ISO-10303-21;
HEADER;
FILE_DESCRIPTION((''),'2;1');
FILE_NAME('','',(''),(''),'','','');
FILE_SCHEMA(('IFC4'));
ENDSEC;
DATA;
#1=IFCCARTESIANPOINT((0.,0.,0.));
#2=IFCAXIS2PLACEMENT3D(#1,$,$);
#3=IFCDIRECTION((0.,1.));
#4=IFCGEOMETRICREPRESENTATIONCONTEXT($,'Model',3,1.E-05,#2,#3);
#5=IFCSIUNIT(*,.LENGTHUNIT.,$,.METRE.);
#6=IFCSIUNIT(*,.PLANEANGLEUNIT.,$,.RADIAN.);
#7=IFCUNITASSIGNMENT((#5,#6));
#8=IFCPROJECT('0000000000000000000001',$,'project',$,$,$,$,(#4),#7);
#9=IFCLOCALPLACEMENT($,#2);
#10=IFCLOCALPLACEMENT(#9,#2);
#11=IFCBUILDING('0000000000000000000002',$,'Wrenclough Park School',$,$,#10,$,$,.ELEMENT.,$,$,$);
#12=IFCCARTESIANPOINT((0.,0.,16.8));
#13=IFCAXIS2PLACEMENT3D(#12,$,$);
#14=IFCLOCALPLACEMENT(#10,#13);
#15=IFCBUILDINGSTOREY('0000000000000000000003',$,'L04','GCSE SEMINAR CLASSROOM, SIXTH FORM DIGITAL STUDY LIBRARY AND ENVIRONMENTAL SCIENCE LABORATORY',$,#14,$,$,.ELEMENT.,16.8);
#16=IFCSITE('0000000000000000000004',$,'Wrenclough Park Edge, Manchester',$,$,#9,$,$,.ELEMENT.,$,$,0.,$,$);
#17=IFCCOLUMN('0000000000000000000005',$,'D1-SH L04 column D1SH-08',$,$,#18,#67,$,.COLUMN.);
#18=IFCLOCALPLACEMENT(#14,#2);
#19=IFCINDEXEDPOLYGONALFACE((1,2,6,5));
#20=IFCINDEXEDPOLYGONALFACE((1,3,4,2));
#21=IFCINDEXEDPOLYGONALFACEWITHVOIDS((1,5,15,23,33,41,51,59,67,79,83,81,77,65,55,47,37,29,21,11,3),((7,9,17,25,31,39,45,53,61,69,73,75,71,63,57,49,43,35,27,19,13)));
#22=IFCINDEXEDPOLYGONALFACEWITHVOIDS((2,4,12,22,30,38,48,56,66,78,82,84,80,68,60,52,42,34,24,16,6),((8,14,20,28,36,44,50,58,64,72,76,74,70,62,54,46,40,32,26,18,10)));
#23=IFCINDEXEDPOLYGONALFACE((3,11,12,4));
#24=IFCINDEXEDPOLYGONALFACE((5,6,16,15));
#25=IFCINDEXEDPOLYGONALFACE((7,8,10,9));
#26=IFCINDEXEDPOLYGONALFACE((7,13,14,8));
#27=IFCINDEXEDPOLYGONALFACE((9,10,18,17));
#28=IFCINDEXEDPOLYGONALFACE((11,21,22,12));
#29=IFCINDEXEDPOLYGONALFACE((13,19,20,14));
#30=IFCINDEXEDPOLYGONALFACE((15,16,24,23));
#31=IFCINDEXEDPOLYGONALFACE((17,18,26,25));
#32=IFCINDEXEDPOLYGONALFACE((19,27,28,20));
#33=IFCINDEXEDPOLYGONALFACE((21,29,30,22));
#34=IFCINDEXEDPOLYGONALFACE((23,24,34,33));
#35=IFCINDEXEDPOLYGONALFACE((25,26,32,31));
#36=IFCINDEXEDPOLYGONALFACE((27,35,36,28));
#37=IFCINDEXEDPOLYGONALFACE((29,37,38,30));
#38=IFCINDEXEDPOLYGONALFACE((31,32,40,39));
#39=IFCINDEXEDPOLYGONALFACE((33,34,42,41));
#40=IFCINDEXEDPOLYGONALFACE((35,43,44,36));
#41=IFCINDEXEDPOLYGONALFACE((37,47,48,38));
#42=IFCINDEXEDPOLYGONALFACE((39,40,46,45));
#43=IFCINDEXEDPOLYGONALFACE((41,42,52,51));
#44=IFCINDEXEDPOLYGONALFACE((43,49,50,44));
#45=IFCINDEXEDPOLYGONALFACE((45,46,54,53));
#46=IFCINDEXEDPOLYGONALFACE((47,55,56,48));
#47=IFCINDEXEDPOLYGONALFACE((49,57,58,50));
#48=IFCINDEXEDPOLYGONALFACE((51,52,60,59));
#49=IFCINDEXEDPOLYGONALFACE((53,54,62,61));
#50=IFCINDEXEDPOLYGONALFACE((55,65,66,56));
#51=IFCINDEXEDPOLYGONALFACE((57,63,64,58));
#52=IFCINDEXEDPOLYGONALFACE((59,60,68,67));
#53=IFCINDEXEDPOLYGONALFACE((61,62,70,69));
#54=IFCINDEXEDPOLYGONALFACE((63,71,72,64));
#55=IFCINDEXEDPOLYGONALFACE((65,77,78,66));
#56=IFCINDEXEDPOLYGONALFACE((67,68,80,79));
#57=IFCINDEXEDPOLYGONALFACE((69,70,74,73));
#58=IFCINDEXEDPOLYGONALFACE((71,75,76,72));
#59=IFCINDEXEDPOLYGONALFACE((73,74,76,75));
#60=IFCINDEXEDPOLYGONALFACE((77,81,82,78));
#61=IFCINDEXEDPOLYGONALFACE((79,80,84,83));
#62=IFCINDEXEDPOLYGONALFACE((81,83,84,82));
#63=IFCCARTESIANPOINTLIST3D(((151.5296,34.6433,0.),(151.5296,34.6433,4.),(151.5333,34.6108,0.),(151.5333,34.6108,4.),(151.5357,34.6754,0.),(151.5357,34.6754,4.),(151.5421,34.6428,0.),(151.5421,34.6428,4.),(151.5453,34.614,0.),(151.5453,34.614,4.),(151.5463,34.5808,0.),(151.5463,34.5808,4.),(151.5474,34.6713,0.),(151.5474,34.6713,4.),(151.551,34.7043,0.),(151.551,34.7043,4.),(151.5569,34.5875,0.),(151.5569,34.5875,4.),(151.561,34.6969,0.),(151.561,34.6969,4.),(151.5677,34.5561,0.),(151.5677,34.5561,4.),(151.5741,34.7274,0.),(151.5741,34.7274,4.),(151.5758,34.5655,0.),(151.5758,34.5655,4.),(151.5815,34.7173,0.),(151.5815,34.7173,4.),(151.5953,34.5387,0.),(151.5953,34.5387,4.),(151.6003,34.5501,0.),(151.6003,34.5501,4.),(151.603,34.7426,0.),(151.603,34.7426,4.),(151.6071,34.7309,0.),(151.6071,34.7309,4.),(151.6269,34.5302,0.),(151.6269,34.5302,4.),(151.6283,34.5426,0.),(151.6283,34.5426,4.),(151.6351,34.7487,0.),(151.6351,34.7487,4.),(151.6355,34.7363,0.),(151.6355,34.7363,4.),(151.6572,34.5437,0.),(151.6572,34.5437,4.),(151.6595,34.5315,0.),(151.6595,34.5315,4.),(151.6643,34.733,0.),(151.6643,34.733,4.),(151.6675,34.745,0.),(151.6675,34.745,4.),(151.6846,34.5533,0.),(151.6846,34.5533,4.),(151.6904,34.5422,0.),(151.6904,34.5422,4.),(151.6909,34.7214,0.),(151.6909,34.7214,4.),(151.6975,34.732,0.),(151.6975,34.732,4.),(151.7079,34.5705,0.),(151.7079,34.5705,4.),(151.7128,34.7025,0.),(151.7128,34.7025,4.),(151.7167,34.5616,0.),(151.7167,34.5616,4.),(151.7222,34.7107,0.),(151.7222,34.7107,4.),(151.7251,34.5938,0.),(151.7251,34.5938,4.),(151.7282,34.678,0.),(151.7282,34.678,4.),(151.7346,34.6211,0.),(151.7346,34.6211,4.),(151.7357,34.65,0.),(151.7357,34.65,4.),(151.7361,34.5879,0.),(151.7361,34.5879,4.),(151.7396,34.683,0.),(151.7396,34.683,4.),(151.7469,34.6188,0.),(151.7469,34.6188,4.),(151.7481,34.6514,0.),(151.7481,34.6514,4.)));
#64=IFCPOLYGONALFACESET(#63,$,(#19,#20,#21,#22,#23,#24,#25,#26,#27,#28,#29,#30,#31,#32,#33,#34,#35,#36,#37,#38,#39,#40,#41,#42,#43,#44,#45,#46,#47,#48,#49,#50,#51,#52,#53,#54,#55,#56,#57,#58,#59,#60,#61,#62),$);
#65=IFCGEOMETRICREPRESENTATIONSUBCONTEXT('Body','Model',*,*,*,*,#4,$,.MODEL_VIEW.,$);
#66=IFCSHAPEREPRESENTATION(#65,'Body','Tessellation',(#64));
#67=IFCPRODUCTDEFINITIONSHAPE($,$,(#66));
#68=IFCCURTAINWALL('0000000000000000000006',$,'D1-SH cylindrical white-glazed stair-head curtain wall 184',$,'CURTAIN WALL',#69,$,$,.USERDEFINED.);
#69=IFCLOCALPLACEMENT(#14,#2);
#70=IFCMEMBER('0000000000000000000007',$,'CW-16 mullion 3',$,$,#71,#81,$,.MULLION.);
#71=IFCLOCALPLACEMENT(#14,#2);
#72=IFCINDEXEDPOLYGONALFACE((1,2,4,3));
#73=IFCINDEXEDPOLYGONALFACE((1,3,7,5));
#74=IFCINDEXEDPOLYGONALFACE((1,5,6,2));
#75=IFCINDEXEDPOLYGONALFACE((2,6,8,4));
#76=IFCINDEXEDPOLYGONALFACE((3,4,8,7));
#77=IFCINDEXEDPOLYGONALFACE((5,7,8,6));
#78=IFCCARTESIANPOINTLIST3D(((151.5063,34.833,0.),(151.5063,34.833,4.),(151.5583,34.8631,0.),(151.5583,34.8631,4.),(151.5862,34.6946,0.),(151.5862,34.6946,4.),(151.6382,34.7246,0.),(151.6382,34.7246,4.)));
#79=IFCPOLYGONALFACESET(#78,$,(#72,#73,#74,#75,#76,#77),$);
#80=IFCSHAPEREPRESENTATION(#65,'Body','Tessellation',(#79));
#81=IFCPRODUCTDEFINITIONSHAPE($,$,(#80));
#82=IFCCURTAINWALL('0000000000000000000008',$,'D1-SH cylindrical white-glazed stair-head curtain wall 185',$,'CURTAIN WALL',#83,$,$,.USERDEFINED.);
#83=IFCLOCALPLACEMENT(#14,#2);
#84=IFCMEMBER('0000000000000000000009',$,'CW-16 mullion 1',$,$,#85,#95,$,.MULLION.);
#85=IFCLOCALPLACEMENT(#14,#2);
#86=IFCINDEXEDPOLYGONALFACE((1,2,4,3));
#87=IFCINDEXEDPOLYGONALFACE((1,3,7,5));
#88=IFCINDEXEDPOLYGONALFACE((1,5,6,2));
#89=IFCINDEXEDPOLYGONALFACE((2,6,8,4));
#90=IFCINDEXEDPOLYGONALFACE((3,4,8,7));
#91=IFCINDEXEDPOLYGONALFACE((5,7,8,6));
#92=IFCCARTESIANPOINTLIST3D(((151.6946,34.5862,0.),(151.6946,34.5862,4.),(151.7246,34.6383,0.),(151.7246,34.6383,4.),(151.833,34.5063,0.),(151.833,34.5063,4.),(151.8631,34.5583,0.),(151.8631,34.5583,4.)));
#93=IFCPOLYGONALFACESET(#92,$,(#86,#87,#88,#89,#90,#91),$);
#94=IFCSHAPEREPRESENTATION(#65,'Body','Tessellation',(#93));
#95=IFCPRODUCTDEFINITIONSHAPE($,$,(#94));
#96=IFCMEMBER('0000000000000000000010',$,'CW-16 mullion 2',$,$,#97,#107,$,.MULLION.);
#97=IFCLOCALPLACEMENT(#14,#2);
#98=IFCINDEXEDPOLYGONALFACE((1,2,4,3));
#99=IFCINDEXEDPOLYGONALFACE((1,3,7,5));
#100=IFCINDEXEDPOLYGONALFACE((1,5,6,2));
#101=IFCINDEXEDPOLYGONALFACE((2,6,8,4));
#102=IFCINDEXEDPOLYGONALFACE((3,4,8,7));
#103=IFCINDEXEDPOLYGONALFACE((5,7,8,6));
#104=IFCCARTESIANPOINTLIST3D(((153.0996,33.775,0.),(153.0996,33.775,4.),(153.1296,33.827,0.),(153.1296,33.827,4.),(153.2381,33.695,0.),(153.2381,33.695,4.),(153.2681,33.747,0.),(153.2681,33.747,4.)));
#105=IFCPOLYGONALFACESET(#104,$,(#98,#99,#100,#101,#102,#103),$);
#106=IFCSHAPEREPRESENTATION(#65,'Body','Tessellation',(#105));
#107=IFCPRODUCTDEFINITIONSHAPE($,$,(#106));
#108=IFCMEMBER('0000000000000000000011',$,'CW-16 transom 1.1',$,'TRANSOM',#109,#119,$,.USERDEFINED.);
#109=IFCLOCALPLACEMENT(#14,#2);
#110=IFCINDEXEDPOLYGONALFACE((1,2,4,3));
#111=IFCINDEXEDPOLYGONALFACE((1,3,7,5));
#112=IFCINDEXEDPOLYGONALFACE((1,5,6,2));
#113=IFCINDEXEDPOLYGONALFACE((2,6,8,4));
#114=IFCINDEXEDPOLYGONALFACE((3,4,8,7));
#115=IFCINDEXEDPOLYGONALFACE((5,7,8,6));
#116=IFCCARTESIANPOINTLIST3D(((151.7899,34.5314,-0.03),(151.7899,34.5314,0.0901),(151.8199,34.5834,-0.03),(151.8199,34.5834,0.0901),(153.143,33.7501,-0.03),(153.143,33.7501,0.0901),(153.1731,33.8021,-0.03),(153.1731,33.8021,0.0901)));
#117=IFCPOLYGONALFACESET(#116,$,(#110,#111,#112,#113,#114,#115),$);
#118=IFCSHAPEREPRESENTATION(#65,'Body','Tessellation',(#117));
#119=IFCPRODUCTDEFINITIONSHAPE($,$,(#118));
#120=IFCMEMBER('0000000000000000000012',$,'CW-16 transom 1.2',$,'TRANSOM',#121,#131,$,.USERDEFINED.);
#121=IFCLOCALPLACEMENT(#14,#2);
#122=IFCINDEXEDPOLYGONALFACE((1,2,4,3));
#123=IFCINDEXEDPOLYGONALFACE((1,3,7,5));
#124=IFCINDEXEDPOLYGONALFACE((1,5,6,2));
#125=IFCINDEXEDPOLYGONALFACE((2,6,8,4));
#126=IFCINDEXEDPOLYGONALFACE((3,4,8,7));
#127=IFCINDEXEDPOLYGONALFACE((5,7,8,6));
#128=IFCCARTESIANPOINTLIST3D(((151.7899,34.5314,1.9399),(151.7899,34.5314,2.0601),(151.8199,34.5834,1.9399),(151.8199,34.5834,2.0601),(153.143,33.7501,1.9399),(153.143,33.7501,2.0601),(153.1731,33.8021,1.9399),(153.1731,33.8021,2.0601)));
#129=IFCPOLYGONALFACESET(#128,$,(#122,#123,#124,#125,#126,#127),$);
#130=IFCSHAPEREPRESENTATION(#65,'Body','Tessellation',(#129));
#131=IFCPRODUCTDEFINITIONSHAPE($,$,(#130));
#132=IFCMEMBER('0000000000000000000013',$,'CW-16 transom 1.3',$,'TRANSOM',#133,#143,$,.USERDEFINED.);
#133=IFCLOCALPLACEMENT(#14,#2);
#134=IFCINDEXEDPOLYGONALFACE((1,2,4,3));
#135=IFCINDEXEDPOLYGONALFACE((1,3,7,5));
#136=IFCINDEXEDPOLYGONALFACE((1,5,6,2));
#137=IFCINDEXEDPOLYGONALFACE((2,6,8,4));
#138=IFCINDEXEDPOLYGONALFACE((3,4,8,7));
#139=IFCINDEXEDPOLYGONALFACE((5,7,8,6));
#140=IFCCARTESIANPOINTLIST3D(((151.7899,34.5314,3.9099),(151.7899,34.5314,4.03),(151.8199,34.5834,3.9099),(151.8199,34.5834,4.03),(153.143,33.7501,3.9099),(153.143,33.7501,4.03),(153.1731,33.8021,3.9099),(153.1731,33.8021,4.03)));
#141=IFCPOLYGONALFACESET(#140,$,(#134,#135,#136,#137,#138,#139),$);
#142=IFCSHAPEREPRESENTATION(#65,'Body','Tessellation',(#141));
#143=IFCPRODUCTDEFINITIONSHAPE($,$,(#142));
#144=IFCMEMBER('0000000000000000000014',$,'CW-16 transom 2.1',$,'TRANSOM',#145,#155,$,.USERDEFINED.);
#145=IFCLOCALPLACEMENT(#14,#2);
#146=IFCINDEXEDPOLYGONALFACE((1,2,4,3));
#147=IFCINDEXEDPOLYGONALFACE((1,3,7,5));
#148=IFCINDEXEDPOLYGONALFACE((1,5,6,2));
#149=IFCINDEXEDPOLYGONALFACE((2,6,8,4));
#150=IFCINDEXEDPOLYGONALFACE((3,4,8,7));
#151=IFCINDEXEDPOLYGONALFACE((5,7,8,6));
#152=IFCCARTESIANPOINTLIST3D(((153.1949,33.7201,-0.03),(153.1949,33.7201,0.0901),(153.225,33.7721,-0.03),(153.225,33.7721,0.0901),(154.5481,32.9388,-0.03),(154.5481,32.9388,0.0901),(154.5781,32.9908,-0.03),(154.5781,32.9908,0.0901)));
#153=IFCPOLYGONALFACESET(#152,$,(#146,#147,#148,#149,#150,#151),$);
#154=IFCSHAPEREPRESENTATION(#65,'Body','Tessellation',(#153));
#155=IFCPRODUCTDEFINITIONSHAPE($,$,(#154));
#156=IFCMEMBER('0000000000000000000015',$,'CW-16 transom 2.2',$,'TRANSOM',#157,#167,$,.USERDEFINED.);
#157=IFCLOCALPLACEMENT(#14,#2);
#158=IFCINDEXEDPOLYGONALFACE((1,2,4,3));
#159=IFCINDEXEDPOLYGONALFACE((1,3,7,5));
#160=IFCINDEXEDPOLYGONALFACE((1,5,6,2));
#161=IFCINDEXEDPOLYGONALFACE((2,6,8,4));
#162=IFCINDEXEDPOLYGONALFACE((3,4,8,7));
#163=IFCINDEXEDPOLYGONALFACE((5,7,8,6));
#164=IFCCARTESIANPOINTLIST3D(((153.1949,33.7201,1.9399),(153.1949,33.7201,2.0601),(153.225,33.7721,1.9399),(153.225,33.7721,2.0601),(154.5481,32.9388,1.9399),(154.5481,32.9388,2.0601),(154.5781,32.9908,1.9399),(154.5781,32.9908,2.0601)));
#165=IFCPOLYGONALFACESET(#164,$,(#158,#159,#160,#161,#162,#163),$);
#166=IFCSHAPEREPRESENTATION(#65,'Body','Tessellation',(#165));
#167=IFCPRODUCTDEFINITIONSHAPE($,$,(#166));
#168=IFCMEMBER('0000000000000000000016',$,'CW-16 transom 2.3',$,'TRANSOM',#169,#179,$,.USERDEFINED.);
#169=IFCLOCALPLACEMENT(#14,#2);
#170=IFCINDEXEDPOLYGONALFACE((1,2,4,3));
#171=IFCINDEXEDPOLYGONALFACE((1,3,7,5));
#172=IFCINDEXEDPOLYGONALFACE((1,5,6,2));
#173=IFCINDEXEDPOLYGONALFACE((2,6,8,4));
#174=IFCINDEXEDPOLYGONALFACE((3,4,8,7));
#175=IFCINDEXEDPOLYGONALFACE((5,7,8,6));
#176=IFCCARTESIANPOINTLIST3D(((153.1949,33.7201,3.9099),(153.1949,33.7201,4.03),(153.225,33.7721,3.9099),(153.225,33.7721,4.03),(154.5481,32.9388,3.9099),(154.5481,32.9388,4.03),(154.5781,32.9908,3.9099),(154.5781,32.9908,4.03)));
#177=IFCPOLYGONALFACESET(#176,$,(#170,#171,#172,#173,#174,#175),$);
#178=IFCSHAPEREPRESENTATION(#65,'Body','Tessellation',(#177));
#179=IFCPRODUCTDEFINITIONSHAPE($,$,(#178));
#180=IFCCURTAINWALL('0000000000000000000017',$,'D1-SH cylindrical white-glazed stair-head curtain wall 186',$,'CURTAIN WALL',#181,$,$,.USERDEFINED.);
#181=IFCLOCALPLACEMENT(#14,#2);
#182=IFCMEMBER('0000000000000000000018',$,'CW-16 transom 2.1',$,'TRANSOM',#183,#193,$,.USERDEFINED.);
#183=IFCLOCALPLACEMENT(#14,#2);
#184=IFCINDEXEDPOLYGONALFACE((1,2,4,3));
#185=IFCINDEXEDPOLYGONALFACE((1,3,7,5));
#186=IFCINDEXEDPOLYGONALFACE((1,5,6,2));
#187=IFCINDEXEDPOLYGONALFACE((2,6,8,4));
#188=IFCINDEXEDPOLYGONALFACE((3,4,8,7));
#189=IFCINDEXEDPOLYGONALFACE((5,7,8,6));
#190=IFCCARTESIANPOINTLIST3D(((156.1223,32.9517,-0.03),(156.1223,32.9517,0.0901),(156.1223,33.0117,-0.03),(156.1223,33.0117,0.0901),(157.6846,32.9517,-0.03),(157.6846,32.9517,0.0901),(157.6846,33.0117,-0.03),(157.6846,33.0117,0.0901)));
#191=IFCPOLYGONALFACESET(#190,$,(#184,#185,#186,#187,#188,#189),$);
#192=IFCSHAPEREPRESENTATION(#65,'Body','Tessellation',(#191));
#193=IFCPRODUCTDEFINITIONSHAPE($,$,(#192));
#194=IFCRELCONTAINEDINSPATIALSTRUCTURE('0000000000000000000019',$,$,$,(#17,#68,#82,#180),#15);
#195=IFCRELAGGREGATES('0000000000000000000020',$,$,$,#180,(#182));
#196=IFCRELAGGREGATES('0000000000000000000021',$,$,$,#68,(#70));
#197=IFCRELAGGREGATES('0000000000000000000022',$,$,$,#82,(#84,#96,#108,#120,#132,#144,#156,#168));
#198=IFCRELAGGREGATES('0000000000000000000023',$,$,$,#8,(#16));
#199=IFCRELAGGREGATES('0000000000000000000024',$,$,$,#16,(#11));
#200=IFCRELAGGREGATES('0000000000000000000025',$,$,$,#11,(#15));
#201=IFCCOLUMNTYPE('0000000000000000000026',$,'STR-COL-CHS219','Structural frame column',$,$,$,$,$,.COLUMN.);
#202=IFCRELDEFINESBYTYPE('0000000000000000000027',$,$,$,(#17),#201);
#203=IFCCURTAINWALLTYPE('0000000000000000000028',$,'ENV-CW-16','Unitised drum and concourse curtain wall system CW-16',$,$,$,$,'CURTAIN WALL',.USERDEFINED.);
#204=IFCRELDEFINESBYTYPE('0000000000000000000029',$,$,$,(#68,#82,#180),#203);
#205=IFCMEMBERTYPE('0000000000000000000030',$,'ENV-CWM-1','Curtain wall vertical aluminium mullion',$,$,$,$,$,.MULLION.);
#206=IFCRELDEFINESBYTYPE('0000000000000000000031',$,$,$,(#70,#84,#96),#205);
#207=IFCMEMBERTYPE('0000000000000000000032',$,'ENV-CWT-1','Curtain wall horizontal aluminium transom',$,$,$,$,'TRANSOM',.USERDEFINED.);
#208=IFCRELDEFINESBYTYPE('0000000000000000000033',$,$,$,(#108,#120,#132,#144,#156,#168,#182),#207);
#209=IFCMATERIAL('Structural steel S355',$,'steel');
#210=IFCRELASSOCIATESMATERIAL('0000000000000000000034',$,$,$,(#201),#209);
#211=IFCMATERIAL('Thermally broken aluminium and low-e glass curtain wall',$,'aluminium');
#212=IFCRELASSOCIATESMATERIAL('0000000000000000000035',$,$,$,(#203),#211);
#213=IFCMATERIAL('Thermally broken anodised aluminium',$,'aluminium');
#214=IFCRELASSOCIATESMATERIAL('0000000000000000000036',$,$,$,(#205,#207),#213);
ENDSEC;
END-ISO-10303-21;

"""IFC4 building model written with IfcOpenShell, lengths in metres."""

from ifc_helpers import new_model, si_unit, direction, frame, origin, origin_2d, place, context, subcontext, project, spatial, rectangle, hollow_circle, extrude, material, material_profile, profile_set, type_object, element, aggregate, save


model = new_model("IFC4")

# Units and contexts
model_context = context("Model", 3, precision=1e-05, world=origin(), true_north=direction((0.0, 1.0)))
body_context = subcontext(model_context, "Body", "Model", "MODEL_VIEW")
ifc_project = project(units=[si_unit("LENGTHUNIT", "METRE"), si_unit("PLANEANGLEUNIT", "RADIAN")], contexts=[model_context])

# Site, building, storey
site_placement = place(None, origin())
site = spatial("IfcSite", under=ifc_project, at=site_placement, Name="Wrenclough Park Edge, Manchester", CompositionType="ELEMENT", RefElevation=0.0)
building_placement = place(site_placement, origin())
building = spatial("IfcBuilding", under=site, at=building_placement, Name="Wrenclough Park School", CompositionType="ELEMENT")
storey_placement = place(building_placement, frame((0.0, 0.0, 16.8)))
storey = spatial("IfcBuildingStorey", under=building, at=storey_placement, Name="L04", Description="GCSE SEMINAR CLASSROOM, SIXTH FORM DIGITAL STUDY LIBRARY AND ENVIRONMENTAL SCIENCE LABORATORY", CompositionType="ELEMENT", Elevation=16.8)

# Column
ifc_material_1 = material(Name="Structural steel S355", Category="steel")
ifc_material_profile_1 = material_profile(ifc_material_1, hollow_circle(Radius=0.1096, WallThickness=0.0125, at=origin_2d()), Name="CHS 219.1x12.5")
ifc_profile_set_1 = profile_set([ifc_material_profile_1], Name="Structural steel S355")
column_type = type_object("IfcColumnType", Name="STR-COL-CHS219", Description="Structural frame column", PredefinedType="COLUMN", material=ifc_profile_set_1)
column_placement = place(storey_placement, frame((151.6392, 34.6392, 0.0), z_axis=(0.0, 0.0, 1.0), x_axis=(0.707107, -0.707107, 0.0)))
element("IfcColumn", 1, at=column_placement, inside=storey, type_object=column_type, Name="D1-SH L04 column D1SH-08", PredefinedType="COLUMN", context=body_context, shape_type="SweptSolid", body=[
    extrude(hollow_circle(Radius=0.1096, WallThickness=0.0125, at=origin_2d()), origin(), (0.0, 0.0, 1.0), 4.0),
])

# Curtain wall, member
ifc_material_2 = material(Name="Thermally broken aluminium and low-e glass curtain wall", Category="aluminium")
curtain_wall_type = type_object("IfcCurtainWallType", Name="ENV-CW-16", Description="Unitised drum and concourse curtain wall system CW-16", ElementType="CURTAIN WALL", PredefinedType="USERDEFINED", material=ifc_material_2)
curtain_wall_1_placement = place(storey_placement, origin())
curtain_wall_1 = element("IfcCurtainWall", 2, at=curtain_wall_1_placement, inside=storey, type_object=curtain_wall_type, Name="D1-SH cylindrical white-glazed stair-head curtain wall 184", ObjectType="CURTAIN WALL", PredefinedType="USERDEFINED")
ifc_material_3 = material(Name="Thermally broken anodised aluminium", Category="aluminium")
ifc_material_profile_2 = material_profile(ifc_material_3, rectangle(XDim=0.0601, YDim=0.1599, at=origin_2d()), Name="AL MULLION 60x160")
ifc_profile_set_2 = profile_set([ifc_material_profile_2], Name="Thermally broken anodised aluminium")
member_type_1 = type_object("IfcMemberType", Name="ENV-CWM-1", Description="Curtain wall vertical aluminium mullion", PredefinedType="MULLION", material=ifc_profile_set_2)
member_1_placement = place(storey_placement, frame((151.5723, 34.7788, 0.0), z_axis=(0.0, 0.0, 1.0), x_axis=(0.866024, 0.500003, 0.0)))
member_1 = element("IfcMember", 3, at=member_1_placement, type_object=member_type_1, Name="CW-16 mullion 3", PredefinedType="MULLION", context=body_context, shape_type="SweptSolid", body=[
    extrude(rectangle(XDim=0.0601, YDim=0.1599, at=origin_2d()), origin(), (0.0, 0.0, 1.0), 4.0),
])

# Curtain walls, members
curtain_wall_2_placement = place(storey_placement, origin())
curtain_wall_2 = element("IfcCurtainWall", 4, at=curtain_wall_2_placement, inside=storey, type_object=curtain_wall_type, Name="D1-SH cylindrical white-glazed stair-head curtain wall 185", ObjectType="CURTAIN WALL", PredefinedType="USERDEFINED")
member_2_placement = place(storey_placement, frame((151.7788, 34.5723, 0.0), z_axis=(0.0, 0.0, 1.0), x_axis=(0.500015, 0.866017, 0.0)))
member_2 = element("IfcMember", 5, at=member_2_placement, type_object=member_type_1, Name="CW-16 mullion 1", PredefinedType="MULLION", context=body_context, shape_type="SweptSolid", body=[
    extrude(rectangle(XDim=0.0601, YDim=0.1599, at=origin_2d()), origin(), (0.0, 0.0, 1.0), 4.0),
])
member_3_placement = place(storey_placement, frame((153.1838, 33.761, 0.0), z_axis=(0.0, 0.0, 1.0), x_axis=(0.500015, 0.866017, 0.0)))
member_3 = element("IfcMember", 6, at=member_3_placement, type_object=member_type_1, Name="CW-16 mullion 2", PredefinedType="MULLION", context=body_context, shape_type="SweptSolid", body=[
    extrude(rectangle(XDim=0.0601, YDim=0.1599, at=origin_2d()), origin(), (0.0, 0.0, 1.0), 4.0),
])
ifc_material_profile_3 = material_profile(ifc_material_3, rectangle(XDim=0.0601, YDim=0.1201, at=origin_2d()), Name="AL TRANSOM 60x120")
ifc_profile_set_3 = profile_set([ifc_material_profile_3], Name="Thermally broken anodised aluminium")
member_type_2 = type_object("IfcMemberType", Name="ENV-CWT-1", Description="Curtain wall horizontal aluminium transom", ElementType="TRANSOM", PredefinedType="USERDEFINED", material=ifc_profile_set_3)
member_4_placement = place(storey_placement, frame((151.8049, 34.5574, 0.03), z_axis=(0.866003, -0.500038, 0.0), x_axis=(0.500038, 0.866003, 0.0)))
member_4 = element("IfcMember", 7, at=member_4_placement, type_object=member_type_2, Name="CW-16 transom 1.1", ObjectType="TRANSOM", PredefinedType="USERDEFINED", context=body_context, shape_type="SweptSolid", body=[
    extrude(rectangle(XDim=0.0601, YDim=0.1201, at=origin_2d()), origin(), (0.0, 0.0, 1.0), 1.5625),
])
member_5_placement = place(storey_placement, frame((151.8049, 34.5574, 2.0), z_axis=(0.866003, -0.500038, 0.0), x_axis=(0.500038, 0.866003, 0.0)))
member_5 = element("IfcMember", 8, at=member_5_placement, type_object=member_type_2, Name="CW-16 transom 1.2", ObjectType="TRANSOM", PredefinedType="USERDEFINED", context=body_context, shape_type="SweptSolid", body=[
    extrude(rectangle(XDim=0.0601, YDim=0.1201, at=origin_2d()), origin(), (0.0, 0.0, 1.0), 1.5625),
])
member_6_placement = place(storey_placement, frame((151.8049, 34.5574, 3.97), z_axis=(0.866003, -0.500038, 0.0), x_axis=(0.500038, 0.866003, 0.0)))
member_6 = element("IfcMember", 9, at=member_6_placement, type_object=member_type_2, Name="CW-16 transom 1.3", ObjectType="TRANSOM", PredefinedType="USERDEFINED", context=body_context, shape_type="SweptSolid", body=[
    extrude(rectangle(XDim=0.0601, YDim=0.1201, at=origin_2d()), origin(), (0.0, 0.0, 1.0), 1.5625),
])
member_7_placement = place(storey_placement, frame((153.21, 33.7461, 0.03), z_axis=(0.866003, -0.500038, 0.0), x_axis=(0.500038, 0.866003, 0.0)))
member_7 = element("IfcMember", 10, at=member_7_placement, type_object=member_type_2, Name="CW-16 transom 2.1", ObjectType="TRANSOM", PredefinedType="USERDEFINED", context=body_context, shape_type="SweptSolid", body=[
    extrude(rectangle(XDim=0.0601, YDim=0.1201, at=origin_2d()), origin(), (0.0, 0.0, 1.0), 1.5625),
])
member_8_placement = place(storey_placement, frame((153.21, 33.7461, 2.0), z_axis=(0.866003, -0.500038, 0.0), x_axis=(0.500038, 0.866003, 0.0)))
member_8 = element("IfcMember", 11, at=member_8_placement, type_object=member_type_2, Name="CW-16 transom 2.2", ObjectType="TRANSOM", PredefinedType="USERDEFINED", context=body_context, shape_type="SweptSolid", body=[
    extrude(rectangle(XDim=0.0601, YDim=0.1201, at=origin_2d()), origin(), (0.0, 0.0, 1.0), 1.5625),
])
member_9_placement = place(storey_placement, frame((153.21, 33.7461, 3.97), z_axis=(0.866003, -0.500038, 0.0), x_axis=(0.500038, 0.866003, 0.0)))
member_9 = element("IfcMember", 12, at=member_9_placement, type_object=member_type_2, Name="CW-16 transom 2.3", ObjectType="TRANSOM", PredefinedType="USERDEFINED", context=body_context, shape_type="SweptSolid", body=[
    extrude(rectangle(XDim=0.0601, YDim=0.1201, at=origin_2d()), origin(), (0.0, 0.0, 1.0), 1.5625),
])
curtain_wall_3_placement = place(storey_placement, origin())
curtain_wall_3 = element("IfcCurtainWall", 13, at=curtain_wall_3_placement, inside=storey, type_object=curtain_wall_type, Name="D1-SH cylindrical white-glazed stair-head curtain wall 186", ObjectType="CURTAIN WALL", PredefinedType="USERDEFINED")
member_10_placement = place(storey_placement, frame((156.1223, 32.9817, 0.03), z_axis=(1.0, 0.0, 0.0), x_axis=(0.0, 1.0, 0.0)))
member_10 = element("IfcMember", 14, at=member_10_placement, type_object=member_type_2, Name="CW-16 transom 2.1", ObjectType="TRANSOM", PredefinedType="USERDEFINED", context=body_context, shape_type="SweptSolid", body=[
    extrude(rectangle(XDim=0.0601, YDim=0.1201, at=origin_2d()), origin(), (0.0, 0.0, 1.0), 1.5623),
])
aggregate(curtain_wall_3, [member_10])

aggregate(curtain_wall_1, [member_1])
aggregate(curtain_wall_2, [member_2, member_3, member_4, member_5, member_6, member_7, member_8, member_9])

save(model, "model.ifc")
